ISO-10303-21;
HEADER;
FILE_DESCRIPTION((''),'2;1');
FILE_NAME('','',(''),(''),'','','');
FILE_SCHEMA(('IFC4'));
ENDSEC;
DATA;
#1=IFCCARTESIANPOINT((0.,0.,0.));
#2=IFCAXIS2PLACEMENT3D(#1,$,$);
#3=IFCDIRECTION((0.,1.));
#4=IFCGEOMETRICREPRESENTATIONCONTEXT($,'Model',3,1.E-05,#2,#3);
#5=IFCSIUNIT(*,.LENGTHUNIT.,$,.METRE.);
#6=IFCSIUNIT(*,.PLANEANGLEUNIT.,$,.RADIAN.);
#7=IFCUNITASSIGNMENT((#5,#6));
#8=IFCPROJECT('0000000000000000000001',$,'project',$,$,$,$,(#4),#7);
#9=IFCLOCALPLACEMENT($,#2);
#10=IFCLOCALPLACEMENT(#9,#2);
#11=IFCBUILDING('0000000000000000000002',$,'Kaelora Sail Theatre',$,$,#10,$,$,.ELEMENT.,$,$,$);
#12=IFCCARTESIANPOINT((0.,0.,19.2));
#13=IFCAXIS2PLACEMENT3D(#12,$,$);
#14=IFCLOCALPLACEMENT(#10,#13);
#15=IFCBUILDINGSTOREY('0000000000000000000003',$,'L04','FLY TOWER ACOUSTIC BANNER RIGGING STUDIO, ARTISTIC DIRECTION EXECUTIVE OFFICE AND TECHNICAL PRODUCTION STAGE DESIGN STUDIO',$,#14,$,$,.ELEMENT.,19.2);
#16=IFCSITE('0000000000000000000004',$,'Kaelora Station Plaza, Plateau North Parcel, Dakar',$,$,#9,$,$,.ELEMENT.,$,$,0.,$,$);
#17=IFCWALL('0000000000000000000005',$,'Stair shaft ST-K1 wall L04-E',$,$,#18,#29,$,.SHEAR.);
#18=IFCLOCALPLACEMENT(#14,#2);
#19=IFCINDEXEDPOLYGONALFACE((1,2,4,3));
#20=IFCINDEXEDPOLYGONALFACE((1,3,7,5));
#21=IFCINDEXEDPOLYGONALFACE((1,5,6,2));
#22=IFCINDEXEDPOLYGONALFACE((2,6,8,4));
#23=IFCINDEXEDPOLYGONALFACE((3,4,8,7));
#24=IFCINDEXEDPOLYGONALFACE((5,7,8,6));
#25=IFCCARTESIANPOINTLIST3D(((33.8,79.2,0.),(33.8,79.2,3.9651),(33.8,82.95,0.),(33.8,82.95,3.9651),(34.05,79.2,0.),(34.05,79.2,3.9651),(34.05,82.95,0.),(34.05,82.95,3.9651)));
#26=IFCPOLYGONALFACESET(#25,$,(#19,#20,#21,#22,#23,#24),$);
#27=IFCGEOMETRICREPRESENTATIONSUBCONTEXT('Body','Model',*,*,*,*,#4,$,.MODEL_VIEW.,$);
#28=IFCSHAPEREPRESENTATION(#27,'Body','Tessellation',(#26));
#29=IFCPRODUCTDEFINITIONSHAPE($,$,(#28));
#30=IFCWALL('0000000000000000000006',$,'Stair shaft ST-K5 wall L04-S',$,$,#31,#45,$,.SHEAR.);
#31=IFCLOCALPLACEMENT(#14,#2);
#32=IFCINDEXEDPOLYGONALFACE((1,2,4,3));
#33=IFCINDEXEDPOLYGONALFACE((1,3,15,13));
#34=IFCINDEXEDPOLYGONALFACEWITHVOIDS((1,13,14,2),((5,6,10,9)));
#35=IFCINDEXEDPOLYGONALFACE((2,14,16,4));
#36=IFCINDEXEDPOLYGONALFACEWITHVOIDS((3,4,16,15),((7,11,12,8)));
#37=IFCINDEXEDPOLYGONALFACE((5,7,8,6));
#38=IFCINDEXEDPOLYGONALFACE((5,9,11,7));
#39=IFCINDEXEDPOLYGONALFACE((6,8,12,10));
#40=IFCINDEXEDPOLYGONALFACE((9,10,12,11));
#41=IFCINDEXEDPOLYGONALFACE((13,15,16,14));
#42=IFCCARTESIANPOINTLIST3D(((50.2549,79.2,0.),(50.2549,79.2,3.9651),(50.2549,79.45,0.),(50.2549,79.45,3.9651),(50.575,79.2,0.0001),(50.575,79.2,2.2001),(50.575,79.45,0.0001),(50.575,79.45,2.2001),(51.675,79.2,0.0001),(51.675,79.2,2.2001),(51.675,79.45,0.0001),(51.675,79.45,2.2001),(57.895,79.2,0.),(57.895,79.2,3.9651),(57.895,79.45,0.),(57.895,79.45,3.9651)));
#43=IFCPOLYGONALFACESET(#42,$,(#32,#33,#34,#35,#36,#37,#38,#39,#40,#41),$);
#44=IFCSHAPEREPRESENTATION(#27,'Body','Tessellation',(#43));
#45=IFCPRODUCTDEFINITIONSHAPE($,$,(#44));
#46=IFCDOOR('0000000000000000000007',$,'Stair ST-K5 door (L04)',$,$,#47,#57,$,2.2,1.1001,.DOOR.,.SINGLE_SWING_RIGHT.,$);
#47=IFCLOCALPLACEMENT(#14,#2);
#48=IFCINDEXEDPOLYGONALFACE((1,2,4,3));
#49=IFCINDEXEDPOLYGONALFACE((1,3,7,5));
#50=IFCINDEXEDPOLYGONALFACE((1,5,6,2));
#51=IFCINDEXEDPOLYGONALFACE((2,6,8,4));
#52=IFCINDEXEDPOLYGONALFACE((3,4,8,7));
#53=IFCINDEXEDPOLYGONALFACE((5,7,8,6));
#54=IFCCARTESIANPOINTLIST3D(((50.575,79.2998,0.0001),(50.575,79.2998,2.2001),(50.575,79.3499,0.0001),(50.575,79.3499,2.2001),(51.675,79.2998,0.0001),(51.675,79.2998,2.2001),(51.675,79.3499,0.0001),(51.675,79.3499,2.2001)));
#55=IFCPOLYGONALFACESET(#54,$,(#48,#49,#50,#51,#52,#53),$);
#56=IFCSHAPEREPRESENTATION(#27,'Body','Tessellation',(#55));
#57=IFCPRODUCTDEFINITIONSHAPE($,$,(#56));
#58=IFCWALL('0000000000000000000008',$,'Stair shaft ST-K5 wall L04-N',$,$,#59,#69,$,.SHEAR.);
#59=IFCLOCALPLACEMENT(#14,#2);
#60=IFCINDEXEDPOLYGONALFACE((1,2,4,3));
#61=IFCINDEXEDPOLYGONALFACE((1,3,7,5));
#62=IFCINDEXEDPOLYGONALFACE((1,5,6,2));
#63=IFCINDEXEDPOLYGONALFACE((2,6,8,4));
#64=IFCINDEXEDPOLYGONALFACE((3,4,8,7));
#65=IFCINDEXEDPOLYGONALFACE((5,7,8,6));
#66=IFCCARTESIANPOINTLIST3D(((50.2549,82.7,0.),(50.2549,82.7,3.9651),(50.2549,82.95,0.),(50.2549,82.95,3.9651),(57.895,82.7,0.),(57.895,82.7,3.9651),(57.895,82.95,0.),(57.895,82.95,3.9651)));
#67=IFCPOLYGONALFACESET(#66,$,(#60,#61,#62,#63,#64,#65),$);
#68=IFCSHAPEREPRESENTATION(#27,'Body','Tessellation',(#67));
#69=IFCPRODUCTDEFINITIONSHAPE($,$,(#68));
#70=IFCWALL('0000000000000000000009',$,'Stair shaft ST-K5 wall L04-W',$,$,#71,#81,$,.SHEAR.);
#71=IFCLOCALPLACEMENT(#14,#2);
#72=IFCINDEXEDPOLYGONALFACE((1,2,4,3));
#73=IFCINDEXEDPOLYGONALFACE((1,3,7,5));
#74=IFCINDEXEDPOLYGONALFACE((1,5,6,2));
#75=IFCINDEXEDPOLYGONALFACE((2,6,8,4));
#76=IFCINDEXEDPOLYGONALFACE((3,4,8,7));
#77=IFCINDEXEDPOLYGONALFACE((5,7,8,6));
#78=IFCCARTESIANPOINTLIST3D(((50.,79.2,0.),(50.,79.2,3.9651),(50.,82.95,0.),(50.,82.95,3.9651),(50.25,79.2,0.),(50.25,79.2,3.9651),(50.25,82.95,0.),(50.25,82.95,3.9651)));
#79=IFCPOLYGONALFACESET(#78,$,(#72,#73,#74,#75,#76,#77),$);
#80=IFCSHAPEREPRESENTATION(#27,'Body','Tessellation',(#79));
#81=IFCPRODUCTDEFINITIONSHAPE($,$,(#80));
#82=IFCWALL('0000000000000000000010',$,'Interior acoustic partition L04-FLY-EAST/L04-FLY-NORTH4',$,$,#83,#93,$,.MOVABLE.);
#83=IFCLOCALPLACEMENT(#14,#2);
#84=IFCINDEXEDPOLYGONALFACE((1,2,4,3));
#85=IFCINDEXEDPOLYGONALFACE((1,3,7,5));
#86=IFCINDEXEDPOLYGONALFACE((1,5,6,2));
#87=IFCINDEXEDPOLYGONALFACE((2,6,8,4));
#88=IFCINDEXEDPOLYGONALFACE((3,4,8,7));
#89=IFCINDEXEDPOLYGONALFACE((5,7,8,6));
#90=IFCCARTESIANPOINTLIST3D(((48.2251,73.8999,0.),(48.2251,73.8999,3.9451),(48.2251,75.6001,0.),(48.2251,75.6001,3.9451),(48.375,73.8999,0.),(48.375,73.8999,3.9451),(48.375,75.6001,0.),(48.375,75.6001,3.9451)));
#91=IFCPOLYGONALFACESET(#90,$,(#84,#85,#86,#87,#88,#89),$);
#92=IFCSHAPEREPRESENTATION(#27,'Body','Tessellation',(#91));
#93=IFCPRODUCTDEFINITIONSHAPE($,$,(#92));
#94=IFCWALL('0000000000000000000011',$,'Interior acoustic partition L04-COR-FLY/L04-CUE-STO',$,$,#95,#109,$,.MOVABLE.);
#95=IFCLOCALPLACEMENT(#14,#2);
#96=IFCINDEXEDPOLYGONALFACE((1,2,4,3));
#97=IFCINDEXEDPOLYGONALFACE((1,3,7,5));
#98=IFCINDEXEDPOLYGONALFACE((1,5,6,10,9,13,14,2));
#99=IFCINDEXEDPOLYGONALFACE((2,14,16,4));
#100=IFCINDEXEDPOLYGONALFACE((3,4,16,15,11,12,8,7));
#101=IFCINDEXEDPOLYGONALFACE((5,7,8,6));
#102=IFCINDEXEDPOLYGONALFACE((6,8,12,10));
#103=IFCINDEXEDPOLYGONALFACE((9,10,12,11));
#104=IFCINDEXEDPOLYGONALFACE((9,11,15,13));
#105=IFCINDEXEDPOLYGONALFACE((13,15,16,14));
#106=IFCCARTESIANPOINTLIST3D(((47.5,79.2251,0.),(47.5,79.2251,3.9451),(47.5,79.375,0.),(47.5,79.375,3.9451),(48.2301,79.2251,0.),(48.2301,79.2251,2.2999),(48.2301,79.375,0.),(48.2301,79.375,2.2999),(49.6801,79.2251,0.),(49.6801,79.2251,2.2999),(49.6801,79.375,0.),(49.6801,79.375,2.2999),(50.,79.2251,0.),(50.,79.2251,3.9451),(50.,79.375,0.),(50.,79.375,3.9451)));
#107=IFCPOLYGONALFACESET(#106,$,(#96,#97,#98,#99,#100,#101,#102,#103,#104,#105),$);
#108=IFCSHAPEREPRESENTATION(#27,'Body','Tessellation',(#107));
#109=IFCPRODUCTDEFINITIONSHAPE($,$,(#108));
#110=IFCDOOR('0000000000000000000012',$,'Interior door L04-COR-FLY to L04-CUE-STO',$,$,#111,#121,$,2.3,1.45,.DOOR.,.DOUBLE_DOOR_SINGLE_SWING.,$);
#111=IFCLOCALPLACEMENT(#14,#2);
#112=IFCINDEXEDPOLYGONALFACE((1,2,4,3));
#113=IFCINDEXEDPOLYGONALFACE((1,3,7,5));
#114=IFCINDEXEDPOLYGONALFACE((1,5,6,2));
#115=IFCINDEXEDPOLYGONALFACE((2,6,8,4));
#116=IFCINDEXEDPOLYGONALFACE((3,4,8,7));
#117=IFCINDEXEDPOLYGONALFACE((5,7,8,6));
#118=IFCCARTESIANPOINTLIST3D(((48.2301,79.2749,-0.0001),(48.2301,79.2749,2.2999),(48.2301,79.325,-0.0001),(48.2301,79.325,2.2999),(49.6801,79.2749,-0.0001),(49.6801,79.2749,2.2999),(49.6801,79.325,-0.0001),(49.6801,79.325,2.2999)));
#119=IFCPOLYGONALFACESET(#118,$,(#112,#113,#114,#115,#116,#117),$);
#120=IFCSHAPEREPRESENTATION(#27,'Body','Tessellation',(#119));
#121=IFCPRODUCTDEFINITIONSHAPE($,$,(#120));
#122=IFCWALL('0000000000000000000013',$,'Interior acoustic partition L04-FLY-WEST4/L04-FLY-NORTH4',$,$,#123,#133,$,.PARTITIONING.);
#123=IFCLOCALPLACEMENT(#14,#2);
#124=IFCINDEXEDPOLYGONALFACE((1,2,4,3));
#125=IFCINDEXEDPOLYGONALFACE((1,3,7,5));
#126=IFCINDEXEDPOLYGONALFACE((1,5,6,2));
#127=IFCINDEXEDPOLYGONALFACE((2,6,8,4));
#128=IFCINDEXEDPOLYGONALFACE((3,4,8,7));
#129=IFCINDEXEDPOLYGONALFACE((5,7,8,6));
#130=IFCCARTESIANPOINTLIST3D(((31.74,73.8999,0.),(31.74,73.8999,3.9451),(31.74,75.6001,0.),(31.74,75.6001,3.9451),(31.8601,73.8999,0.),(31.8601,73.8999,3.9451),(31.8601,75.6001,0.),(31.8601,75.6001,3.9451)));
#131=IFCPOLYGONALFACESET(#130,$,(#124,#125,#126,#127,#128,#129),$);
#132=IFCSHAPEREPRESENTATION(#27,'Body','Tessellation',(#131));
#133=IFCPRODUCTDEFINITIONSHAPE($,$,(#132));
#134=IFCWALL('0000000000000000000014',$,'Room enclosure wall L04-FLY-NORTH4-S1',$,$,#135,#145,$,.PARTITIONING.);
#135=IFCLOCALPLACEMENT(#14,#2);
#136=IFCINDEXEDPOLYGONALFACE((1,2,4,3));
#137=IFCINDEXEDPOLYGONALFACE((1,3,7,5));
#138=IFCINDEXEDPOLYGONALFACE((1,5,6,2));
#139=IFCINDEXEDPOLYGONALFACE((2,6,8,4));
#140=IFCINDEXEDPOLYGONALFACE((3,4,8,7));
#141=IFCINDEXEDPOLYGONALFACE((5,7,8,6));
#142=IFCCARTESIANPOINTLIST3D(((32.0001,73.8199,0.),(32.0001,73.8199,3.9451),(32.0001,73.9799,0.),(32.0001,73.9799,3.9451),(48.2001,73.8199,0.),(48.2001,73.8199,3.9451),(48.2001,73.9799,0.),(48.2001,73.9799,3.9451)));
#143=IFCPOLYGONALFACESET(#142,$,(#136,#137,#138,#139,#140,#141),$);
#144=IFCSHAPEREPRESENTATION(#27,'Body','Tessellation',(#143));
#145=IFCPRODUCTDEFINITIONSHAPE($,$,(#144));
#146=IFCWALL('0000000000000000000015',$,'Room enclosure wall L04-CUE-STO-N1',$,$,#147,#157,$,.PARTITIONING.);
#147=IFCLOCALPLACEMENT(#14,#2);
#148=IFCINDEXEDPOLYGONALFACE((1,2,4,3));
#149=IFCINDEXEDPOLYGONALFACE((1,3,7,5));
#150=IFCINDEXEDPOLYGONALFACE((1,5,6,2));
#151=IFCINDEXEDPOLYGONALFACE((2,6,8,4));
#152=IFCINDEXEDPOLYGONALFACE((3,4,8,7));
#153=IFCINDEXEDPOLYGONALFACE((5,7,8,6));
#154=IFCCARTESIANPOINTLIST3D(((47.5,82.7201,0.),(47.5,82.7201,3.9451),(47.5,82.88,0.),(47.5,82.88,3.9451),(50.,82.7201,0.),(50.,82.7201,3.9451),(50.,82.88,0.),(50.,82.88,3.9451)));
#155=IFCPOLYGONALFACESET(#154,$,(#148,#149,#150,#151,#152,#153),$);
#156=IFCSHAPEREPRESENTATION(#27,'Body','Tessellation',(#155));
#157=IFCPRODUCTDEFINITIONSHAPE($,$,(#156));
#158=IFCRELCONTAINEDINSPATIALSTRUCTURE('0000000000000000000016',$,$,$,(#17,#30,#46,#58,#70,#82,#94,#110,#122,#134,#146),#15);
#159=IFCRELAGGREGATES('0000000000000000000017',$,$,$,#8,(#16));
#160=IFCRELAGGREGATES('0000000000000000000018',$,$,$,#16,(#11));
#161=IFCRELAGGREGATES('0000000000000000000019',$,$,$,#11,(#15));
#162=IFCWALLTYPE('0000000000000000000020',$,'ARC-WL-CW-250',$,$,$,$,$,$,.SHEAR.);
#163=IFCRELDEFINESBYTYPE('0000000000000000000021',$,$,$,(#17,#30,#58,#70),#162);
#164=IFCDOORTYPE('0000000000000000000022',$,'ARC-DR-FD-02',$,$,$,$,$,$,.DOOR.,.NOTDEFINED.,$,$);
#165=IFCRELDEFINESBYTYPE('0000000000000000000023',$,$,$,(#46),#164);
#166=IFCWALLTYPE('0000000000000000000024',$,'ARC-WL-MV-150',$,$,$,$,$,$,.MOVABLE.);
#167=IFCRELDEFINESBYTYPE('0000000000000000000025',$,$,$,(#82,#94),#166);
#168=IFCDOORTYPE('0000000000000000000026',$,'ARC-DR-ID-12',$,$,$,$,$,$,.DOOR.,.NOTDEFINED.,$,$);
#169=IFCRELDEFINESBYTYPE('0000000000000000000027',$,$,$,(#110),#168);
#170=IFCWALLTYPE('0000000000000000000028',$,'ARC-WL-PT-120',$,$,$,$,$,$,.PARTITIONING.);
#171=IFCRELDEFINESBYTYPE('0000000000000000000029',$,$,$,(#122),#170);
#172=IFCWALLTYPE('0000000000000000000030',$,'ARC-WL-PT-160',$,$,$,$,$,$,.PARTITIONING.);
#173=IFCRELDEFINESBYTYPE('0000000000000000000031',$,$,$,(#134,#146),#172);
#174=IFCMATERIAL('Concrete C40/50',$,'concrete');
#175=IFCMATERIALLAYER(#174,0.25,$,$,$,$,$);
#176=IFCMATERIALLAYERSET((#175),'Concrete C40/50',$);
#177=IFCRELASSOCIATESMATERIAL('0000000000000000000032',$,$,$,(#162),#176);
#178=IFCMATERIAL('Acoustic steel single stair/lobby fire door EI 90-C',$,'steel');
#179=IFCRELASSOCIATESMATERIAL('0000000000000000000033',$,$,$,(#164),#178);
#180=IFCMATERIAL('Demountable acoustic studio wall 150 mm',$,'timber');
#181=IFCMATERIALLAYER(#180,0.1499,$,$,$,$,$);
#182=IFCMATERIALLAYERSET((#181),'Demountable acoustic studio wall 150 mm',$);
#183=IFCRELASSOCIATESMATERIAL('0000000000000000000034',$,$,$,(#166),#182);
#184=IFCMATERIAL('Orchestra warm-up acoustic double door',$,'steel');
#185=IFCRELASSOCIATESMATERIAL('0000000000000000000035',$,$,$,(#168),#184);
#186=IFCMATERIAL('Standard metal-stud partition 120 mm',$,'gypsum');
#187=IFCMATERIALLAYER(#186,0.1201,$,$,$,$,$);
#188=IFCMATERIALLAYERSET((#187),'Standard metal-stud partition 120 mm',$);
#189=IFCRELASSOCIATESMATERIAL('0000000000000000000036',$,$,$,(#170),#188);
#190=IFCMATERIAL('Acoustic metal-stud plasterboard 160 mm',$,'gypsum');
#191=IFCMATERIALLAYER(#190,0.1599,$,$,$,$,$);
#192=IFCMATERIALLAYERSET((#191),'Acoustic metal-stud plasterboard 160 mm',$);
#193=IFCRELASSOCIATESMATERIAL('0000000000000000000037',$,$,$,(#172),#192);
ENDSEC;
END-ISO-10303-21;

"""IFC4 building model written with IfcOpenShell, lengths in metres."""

from ifc_helpers import new_model, si_unit, direction, frame, frame_2d, origin, place, context, subcontext, project, spatial, rectangle, extrude, material, layer, layer_set, type_object, element, fill, save


model = new_model("IFC4")

# Units and contexts
model_context = context("Model", 3, precision=1e-05, world=origin(), true_north=direction((0.0, 1.0)))
body_context = subcontext(model_context, "Body", "Model", "MODEL_VIEW")
ifc_project = project(units=[si_unit("LENGTHUNIT", "METRE"), si_unit("PLANEANGLEUNIT", "RADIAN")], contexts=[model_context])

# Site, building, storey
site_placement = place(None, origin())
site = spatial("IfcSite", under=ifc_project, at=site_placement, Name="Kaelora Station Plaza, Plateau North Parcel, Dakar", CompositionType="ELEMENT", RefElevation=0.0)
building_placement = place(site_placement, origin())
building = spatial("IfcBuilding", under=site, at=building_placement, Name="Kaelora Sail Theatre", CompositionType="ELEMENT")
storey_placement = place(building_placement, frame((0.0, 0.0, 19.2)))
storey = spatial("IfcBuildingStorey", under=building, at=storey_placement, Name="L04", Description="FLY TOWER ACOUSTIC BANNER RIGGING STUDIO, ARTISTIC DIRECTION EXECUTIVE OFFICE AND TECHNICAL PRODUCTION STAGE DESIGN STUDIO", CompositionType="ELEMENT", Elevation=19.2)

# Wall
ifc_material_1 = material(Name="Concrete C40/50", Category="concrete")
ifc_layer_1 = layer(ifc_material_1, 0.25)
ifc_layer_set_1 = layer_set([ifc_layer_1], Name="Concrete C40/50")
wall_type_1 = type_object("IfcWallType", Name="ARC-WL-CW-250", PredefinedType="SHEAR", material=ifc_layer_set_1)
wall_1_placement = place(storey_placement, frame((33.925, 79.2, 0.0), z_axis=(0.0, 0.0, 1.0), x_axis=(0.0, 1.0, 0.0)))
element("IfcWall", 1, at=wall_1_placement, inside=storey, type_object=wall_type_1, Name="Stair shaft ST-K1 wall L04-E", PredefinedType="SHEAR", context=body_context, shape_type="SweptSolid", body=[
    extrude(rectangle(XDim=3.75, YDim=0.25, at=frame_2d((1.875, 0.0))), origin(), (0.0, 0.0, 1.0), 3.9651),
])

# Wall, opening, door
wall_2_placement = place(storey_placement, frame((50.2549, 79.325, 0.0), z_axis=(0.0, 0.0, 1.0), x_axis=(1.0, 0.0, 0.0)))
wall_2 = element("IfcWall", 2, at=wall_2_placement, inside=storey, type_object=wall_type_1, Name="Stair shaft ST-K5 wall L04-S", PredefinedType="SHEAR", context=body_context, shape_type="SweptSolid", body=[
    extrude(rectangle(XDim=7.6401, YDim=0.25, at=frame_2d((3.8201, 0.0))), origin(), (0.0, 0.0, 1.0), 3.9651),
])
opening_1_placement = place(wall_2_placement, frame((0.3201, 0.0, 0.0)))
opening_1 = element("IfcOpeningElement", 3, at=opening_1_placement, cuts=wall_2, PredefinedType="OPENING", context=body_context, shape_type="SweptSolid", body=[
    extrude(rectangle(XDim=1.1001, YDim=2.2, at=frame_2d((0.55, 1.1001))), frame((0.0, 0.135, 0.0), z_axis=(0.0, -1.0, 0.0), x_axis=(1.0, 0.0, 0.0)), (0.0, 0.0, 1.0), 0.27),
])
ifc_material_2 = material(Name="Acoustic steel single stair/lobby fire door EI 90-C", Category="steel")
door_type_1 = type_object("IfcDoorType", Name="ARC-DR-FD-02", OperationType="NOTDEFINED", PredefinedType="DOOR", material=ifc_material_2)
door_1_placement = place(opening_1_placement, origin())
door_1 = element("IfcDoor", 4, at=door_1_placement, inside=storey, type_object=door_type_1, Name="Stair ST-K5 door (L04)", OperationType="SINGLE_SWING_RIGHT", OverallHeight=2.2, OverallWidth=1.1001, PredefinedType="DOOR", context=body_context, shape_type="SweptSolid", body=[
    extrude(rectangle(XDim=1.1001, YDim=2.2, at=frame_2d((0.55, 1.1001))), frame((0.0, 0.0249, 0.0), z_axis=(0.0, -1.0, 0.0), x_axis=(1.0, 0.0, 0.0)), (0.0, 0.0, 1.0), 0.05),
])
fill(opening_1, door_1)

# Walls
wall_3_placement = place(storey_placement, frame((50.2549, 82.825, 0.0), z_axis=(0.0, 0.0, 1.0), x_axis=(1.0, 0.0, 0.0)))
element("IfcWall", 5, at=wall_3_placement, inside=storey, type_object=wall_type_1, Name="Stair shaft ST-K5 wall L04-N", PredefinedType="SHEAR", context=body_context, shape_type="SweptSolid", body=[
    extrude(rectangle(XDim=7.6401, YDim=0.25, at=frame_2d((3.8201, 0.0))), origin(), (0.0, 0.0, 1.0), 3.9651),
])
wall_4_placement = place(storey_placement, frame((50.125, 79.2, 0.0), z_axis=(0.0, 0.0, 1.0), x_axis=(0.0, 1.0, 0.0)))
element("IfcWall", 6, at=wall_4_placement, inside=storey, type_object=wall_type_1, Name="Stair shaft ST-K5 wall L04-W", PredefinedType="SHEAR", context=body_context, shape_type="SweptSolid", body=[
    extrude(rectangle(XDim=3.75, YDim=0.25, at=frame_2d((1.875, 0.0))), origin(), (0.0, 0.0, 1.0), 3.9651),
])
ifc_material_3 = material(Name="Demountable acoustic studio wall 150 mm", Category="timber")
ifc_layer_2 = layer(ifc_material_3, 0.1499)
ifc_layer_set_2 = layer_set([ifc_layer_2], Name="Demountable acoustic studio wall 150 mm")
wall_type_2 = type_object("IfcWallType", Name="ARC-WL-MV-150", PredefinedType="MOVABLE", material=ifc_layer_set_2)
wall_5_placement = place(storey_placement, frame((48.3, 73.8999, 0.0), z_axis=(0.0, 0.0, 1.0), x_axis=(0.0, 1.0, 0.0)))
element("IfcWall", 7, at=wall_5_placement, inside=storey, type_object=wall_type_2, Name="Interior acoustic partition L04-FLY-EAST/L04-FLY-NORTH4", PredefinedType="MOVABLE", context=body_context, shape_type="SweptSolid", body=[
    extrude(rectangle(XDim=1.7002, YDim=0.1499, at=frame_2d((0.8501, 0.0))), origin(), (0.0, 0.0, 1.0), 3.9451),
])

# Wall, opening, door
wall_6_placement = place(storey_placement, frame((47.5, 79.3, 0.0), z_axis=(0.0, 0.0, 1.0), x_axis=(1.0, 0.0, 0.0)))
wall_6 = element("IfcWall", 8, at=wall_6_placement, inside=storey, type_object=wall_type_2, Name="Interior acoustic partition L04-COR-FLY/L04-CUE-STO", PredefinedType="MOVABLE", context=body_context, shape_type="SweptSolid", body=[
    extrude(rectangle(XDim=2.5, YDim=0.1499, at=frame_2d((1.25, 0.0))), origin(), (0.0, 0.0, 1.0), 3.9451),
])
opening_2_placement = place(wall_6_placement, frame((0.73, 0.0, 0.0)))
opening_2 = element("IfcOpeningElement", 9, at=opening_2_placement, cuts=wall_6, PredefinedType="OPENING", context=body_context, shape_type="SweptSolid", body=[
    extrude(rectangle(XDim=1.45, YDim=2.3, at=frame_2d((0.7251, 1.1499))), frame((0.0, 0.085, 0.0), z_axis=(0.0, -1.0, 0.0), x_axis=(1.0, 0.0, 0.0)), (0.0, 0.0, 1.0), 0.1699),
])
ifc_material_4 = material(Name="Orchestra warm-up acoustic double door", Category="steel")
door_type_2 = type_object("IfcDoorType", Name="ARC-DR-ID-12", OperationType="NOTDEFINED", PredefinedType="DOOR", material=ifc_material_4)
door_2_placement = place(opening_2_placement, origin())
door_2 = element("IfcDoor", 10, at=door_2_placement, inside=storey, type_object=door_type_2, Name="Interior door L04-COR-FLY to L04-CUE-STO", OperationType="DOUBLE_DOOR_SINGLE_SWING", OverallHeight=2.3, OverallWidth=1.45, PredefinedType="DOOR", context=body_context, shape_type="SweptSolid", body=[
    extrude(rectangle(XDim=1.45, YDim=2.3, at=frame_2d((0.7251, 1.1499))), frame((0.0, 0.0249, 0.0), z_axis=(0.0, -1.0, 0.0), x_axis=(1.0, 0.0, 0.0)), (0.0, 0.0, 1.0), 0.05),
])
fill(opening_2, door_2)

# Walls
ifc_material_5 = material(Name="Standard metal-stud partition 120 mm", Category="gypsum")
ifc_layer_3 = layer(ifc_material_5, 0.1201)
ifc_layer_set_3 = layer_set([ifc_layer_3], Name="Standard metal-stud partition 120 mm")
wall_type_3 = type_object("IfcWallType", Name="ARC-WL-PT-120", PredefinedType="PARTITIONING", material=ifc_layer_set_3)
wall_7_placement = place(storey_placement, frame((31.8, 73.8999, 0.0), z_axis=(0.0, 0.0, 1.0), x_axis=(0.0, 1.0, 0.0)))
element("IfcWall", 11, at=wall_7_placement, inside=storey, type_object=wall_type_3, Name="Interior acoustic partition L04-FLY-WEST4/L04-FLY-NORTH4", PredefinedType="PARTITIONING", context=body_context, shape_type="SweptSolid", body=[
    extrude(rectangle(XDim=1.7002, YDim=0.1201, at=frame_2d((0.8501, 0.0))), origin(), (0.0, 0.0, 1.0), 3.9451),
])
ifc_material_6 = material(Name="Acoustic metal-stud plasterboard 160 mm", Category="gypsum")
ifc_layer_4 = layer(ifc_material_6, 0.1599)
ifc_layer_set_4 = layer_set([ifc_layer_4], Name="Acoustic metal-stud plasterboard 160 mm")
wall_type_4 = type_object("IfcWallType", Name="ARC-WL-PT-160", PredefinedType="PARTITIONING", material=ifc_layer_set_4)
wall_8_placement = place(storey_placement, frame((32.0, 73.8999, 0.0), z_axis=(0.0, 0.0, 1.0), x_axis=(1.0, 0.0, 0.0)))
element("IfcWall", 12, at=wall_8_placement, inside=storey, type_object=wall_type_4, Name="Room enclosure wall L04-FLY-NORTH4-S1", PredefinedType="PARTITIONING", context=body_context, shape_type="SweptSolid", body=[
    extrude(rectangle(XDim=16.2, YDim=0.1599, at=frame_2d((8.1001, 0.0))), origin(), (0.0, 0.0, 1.0), 3.9451),
])
wall_9_placement = place(storey_placement, frame((47.5, 82.8, 0.0), z_axis=(0.0, 0.0, 1.0), x_axis=(1.0, 0.0, 0.0)))
element("IfcWall", 13, at=wall_9_placement, inside=storey, type_object=wall_type_4, Name="Room enclosure wall L04-CUE-STO-N1", PredefinedType="PARTITIONING", context=body_context, shape_type="SweptSolid", body=[
    extrude(rectangle(XDim=2.5, YDim=0.1599, at=frame_2d((1.25, 0.0))), origin(), (0.0, 0.0, 1.0), 3.9451),
])

save(model, "model.ifc")
